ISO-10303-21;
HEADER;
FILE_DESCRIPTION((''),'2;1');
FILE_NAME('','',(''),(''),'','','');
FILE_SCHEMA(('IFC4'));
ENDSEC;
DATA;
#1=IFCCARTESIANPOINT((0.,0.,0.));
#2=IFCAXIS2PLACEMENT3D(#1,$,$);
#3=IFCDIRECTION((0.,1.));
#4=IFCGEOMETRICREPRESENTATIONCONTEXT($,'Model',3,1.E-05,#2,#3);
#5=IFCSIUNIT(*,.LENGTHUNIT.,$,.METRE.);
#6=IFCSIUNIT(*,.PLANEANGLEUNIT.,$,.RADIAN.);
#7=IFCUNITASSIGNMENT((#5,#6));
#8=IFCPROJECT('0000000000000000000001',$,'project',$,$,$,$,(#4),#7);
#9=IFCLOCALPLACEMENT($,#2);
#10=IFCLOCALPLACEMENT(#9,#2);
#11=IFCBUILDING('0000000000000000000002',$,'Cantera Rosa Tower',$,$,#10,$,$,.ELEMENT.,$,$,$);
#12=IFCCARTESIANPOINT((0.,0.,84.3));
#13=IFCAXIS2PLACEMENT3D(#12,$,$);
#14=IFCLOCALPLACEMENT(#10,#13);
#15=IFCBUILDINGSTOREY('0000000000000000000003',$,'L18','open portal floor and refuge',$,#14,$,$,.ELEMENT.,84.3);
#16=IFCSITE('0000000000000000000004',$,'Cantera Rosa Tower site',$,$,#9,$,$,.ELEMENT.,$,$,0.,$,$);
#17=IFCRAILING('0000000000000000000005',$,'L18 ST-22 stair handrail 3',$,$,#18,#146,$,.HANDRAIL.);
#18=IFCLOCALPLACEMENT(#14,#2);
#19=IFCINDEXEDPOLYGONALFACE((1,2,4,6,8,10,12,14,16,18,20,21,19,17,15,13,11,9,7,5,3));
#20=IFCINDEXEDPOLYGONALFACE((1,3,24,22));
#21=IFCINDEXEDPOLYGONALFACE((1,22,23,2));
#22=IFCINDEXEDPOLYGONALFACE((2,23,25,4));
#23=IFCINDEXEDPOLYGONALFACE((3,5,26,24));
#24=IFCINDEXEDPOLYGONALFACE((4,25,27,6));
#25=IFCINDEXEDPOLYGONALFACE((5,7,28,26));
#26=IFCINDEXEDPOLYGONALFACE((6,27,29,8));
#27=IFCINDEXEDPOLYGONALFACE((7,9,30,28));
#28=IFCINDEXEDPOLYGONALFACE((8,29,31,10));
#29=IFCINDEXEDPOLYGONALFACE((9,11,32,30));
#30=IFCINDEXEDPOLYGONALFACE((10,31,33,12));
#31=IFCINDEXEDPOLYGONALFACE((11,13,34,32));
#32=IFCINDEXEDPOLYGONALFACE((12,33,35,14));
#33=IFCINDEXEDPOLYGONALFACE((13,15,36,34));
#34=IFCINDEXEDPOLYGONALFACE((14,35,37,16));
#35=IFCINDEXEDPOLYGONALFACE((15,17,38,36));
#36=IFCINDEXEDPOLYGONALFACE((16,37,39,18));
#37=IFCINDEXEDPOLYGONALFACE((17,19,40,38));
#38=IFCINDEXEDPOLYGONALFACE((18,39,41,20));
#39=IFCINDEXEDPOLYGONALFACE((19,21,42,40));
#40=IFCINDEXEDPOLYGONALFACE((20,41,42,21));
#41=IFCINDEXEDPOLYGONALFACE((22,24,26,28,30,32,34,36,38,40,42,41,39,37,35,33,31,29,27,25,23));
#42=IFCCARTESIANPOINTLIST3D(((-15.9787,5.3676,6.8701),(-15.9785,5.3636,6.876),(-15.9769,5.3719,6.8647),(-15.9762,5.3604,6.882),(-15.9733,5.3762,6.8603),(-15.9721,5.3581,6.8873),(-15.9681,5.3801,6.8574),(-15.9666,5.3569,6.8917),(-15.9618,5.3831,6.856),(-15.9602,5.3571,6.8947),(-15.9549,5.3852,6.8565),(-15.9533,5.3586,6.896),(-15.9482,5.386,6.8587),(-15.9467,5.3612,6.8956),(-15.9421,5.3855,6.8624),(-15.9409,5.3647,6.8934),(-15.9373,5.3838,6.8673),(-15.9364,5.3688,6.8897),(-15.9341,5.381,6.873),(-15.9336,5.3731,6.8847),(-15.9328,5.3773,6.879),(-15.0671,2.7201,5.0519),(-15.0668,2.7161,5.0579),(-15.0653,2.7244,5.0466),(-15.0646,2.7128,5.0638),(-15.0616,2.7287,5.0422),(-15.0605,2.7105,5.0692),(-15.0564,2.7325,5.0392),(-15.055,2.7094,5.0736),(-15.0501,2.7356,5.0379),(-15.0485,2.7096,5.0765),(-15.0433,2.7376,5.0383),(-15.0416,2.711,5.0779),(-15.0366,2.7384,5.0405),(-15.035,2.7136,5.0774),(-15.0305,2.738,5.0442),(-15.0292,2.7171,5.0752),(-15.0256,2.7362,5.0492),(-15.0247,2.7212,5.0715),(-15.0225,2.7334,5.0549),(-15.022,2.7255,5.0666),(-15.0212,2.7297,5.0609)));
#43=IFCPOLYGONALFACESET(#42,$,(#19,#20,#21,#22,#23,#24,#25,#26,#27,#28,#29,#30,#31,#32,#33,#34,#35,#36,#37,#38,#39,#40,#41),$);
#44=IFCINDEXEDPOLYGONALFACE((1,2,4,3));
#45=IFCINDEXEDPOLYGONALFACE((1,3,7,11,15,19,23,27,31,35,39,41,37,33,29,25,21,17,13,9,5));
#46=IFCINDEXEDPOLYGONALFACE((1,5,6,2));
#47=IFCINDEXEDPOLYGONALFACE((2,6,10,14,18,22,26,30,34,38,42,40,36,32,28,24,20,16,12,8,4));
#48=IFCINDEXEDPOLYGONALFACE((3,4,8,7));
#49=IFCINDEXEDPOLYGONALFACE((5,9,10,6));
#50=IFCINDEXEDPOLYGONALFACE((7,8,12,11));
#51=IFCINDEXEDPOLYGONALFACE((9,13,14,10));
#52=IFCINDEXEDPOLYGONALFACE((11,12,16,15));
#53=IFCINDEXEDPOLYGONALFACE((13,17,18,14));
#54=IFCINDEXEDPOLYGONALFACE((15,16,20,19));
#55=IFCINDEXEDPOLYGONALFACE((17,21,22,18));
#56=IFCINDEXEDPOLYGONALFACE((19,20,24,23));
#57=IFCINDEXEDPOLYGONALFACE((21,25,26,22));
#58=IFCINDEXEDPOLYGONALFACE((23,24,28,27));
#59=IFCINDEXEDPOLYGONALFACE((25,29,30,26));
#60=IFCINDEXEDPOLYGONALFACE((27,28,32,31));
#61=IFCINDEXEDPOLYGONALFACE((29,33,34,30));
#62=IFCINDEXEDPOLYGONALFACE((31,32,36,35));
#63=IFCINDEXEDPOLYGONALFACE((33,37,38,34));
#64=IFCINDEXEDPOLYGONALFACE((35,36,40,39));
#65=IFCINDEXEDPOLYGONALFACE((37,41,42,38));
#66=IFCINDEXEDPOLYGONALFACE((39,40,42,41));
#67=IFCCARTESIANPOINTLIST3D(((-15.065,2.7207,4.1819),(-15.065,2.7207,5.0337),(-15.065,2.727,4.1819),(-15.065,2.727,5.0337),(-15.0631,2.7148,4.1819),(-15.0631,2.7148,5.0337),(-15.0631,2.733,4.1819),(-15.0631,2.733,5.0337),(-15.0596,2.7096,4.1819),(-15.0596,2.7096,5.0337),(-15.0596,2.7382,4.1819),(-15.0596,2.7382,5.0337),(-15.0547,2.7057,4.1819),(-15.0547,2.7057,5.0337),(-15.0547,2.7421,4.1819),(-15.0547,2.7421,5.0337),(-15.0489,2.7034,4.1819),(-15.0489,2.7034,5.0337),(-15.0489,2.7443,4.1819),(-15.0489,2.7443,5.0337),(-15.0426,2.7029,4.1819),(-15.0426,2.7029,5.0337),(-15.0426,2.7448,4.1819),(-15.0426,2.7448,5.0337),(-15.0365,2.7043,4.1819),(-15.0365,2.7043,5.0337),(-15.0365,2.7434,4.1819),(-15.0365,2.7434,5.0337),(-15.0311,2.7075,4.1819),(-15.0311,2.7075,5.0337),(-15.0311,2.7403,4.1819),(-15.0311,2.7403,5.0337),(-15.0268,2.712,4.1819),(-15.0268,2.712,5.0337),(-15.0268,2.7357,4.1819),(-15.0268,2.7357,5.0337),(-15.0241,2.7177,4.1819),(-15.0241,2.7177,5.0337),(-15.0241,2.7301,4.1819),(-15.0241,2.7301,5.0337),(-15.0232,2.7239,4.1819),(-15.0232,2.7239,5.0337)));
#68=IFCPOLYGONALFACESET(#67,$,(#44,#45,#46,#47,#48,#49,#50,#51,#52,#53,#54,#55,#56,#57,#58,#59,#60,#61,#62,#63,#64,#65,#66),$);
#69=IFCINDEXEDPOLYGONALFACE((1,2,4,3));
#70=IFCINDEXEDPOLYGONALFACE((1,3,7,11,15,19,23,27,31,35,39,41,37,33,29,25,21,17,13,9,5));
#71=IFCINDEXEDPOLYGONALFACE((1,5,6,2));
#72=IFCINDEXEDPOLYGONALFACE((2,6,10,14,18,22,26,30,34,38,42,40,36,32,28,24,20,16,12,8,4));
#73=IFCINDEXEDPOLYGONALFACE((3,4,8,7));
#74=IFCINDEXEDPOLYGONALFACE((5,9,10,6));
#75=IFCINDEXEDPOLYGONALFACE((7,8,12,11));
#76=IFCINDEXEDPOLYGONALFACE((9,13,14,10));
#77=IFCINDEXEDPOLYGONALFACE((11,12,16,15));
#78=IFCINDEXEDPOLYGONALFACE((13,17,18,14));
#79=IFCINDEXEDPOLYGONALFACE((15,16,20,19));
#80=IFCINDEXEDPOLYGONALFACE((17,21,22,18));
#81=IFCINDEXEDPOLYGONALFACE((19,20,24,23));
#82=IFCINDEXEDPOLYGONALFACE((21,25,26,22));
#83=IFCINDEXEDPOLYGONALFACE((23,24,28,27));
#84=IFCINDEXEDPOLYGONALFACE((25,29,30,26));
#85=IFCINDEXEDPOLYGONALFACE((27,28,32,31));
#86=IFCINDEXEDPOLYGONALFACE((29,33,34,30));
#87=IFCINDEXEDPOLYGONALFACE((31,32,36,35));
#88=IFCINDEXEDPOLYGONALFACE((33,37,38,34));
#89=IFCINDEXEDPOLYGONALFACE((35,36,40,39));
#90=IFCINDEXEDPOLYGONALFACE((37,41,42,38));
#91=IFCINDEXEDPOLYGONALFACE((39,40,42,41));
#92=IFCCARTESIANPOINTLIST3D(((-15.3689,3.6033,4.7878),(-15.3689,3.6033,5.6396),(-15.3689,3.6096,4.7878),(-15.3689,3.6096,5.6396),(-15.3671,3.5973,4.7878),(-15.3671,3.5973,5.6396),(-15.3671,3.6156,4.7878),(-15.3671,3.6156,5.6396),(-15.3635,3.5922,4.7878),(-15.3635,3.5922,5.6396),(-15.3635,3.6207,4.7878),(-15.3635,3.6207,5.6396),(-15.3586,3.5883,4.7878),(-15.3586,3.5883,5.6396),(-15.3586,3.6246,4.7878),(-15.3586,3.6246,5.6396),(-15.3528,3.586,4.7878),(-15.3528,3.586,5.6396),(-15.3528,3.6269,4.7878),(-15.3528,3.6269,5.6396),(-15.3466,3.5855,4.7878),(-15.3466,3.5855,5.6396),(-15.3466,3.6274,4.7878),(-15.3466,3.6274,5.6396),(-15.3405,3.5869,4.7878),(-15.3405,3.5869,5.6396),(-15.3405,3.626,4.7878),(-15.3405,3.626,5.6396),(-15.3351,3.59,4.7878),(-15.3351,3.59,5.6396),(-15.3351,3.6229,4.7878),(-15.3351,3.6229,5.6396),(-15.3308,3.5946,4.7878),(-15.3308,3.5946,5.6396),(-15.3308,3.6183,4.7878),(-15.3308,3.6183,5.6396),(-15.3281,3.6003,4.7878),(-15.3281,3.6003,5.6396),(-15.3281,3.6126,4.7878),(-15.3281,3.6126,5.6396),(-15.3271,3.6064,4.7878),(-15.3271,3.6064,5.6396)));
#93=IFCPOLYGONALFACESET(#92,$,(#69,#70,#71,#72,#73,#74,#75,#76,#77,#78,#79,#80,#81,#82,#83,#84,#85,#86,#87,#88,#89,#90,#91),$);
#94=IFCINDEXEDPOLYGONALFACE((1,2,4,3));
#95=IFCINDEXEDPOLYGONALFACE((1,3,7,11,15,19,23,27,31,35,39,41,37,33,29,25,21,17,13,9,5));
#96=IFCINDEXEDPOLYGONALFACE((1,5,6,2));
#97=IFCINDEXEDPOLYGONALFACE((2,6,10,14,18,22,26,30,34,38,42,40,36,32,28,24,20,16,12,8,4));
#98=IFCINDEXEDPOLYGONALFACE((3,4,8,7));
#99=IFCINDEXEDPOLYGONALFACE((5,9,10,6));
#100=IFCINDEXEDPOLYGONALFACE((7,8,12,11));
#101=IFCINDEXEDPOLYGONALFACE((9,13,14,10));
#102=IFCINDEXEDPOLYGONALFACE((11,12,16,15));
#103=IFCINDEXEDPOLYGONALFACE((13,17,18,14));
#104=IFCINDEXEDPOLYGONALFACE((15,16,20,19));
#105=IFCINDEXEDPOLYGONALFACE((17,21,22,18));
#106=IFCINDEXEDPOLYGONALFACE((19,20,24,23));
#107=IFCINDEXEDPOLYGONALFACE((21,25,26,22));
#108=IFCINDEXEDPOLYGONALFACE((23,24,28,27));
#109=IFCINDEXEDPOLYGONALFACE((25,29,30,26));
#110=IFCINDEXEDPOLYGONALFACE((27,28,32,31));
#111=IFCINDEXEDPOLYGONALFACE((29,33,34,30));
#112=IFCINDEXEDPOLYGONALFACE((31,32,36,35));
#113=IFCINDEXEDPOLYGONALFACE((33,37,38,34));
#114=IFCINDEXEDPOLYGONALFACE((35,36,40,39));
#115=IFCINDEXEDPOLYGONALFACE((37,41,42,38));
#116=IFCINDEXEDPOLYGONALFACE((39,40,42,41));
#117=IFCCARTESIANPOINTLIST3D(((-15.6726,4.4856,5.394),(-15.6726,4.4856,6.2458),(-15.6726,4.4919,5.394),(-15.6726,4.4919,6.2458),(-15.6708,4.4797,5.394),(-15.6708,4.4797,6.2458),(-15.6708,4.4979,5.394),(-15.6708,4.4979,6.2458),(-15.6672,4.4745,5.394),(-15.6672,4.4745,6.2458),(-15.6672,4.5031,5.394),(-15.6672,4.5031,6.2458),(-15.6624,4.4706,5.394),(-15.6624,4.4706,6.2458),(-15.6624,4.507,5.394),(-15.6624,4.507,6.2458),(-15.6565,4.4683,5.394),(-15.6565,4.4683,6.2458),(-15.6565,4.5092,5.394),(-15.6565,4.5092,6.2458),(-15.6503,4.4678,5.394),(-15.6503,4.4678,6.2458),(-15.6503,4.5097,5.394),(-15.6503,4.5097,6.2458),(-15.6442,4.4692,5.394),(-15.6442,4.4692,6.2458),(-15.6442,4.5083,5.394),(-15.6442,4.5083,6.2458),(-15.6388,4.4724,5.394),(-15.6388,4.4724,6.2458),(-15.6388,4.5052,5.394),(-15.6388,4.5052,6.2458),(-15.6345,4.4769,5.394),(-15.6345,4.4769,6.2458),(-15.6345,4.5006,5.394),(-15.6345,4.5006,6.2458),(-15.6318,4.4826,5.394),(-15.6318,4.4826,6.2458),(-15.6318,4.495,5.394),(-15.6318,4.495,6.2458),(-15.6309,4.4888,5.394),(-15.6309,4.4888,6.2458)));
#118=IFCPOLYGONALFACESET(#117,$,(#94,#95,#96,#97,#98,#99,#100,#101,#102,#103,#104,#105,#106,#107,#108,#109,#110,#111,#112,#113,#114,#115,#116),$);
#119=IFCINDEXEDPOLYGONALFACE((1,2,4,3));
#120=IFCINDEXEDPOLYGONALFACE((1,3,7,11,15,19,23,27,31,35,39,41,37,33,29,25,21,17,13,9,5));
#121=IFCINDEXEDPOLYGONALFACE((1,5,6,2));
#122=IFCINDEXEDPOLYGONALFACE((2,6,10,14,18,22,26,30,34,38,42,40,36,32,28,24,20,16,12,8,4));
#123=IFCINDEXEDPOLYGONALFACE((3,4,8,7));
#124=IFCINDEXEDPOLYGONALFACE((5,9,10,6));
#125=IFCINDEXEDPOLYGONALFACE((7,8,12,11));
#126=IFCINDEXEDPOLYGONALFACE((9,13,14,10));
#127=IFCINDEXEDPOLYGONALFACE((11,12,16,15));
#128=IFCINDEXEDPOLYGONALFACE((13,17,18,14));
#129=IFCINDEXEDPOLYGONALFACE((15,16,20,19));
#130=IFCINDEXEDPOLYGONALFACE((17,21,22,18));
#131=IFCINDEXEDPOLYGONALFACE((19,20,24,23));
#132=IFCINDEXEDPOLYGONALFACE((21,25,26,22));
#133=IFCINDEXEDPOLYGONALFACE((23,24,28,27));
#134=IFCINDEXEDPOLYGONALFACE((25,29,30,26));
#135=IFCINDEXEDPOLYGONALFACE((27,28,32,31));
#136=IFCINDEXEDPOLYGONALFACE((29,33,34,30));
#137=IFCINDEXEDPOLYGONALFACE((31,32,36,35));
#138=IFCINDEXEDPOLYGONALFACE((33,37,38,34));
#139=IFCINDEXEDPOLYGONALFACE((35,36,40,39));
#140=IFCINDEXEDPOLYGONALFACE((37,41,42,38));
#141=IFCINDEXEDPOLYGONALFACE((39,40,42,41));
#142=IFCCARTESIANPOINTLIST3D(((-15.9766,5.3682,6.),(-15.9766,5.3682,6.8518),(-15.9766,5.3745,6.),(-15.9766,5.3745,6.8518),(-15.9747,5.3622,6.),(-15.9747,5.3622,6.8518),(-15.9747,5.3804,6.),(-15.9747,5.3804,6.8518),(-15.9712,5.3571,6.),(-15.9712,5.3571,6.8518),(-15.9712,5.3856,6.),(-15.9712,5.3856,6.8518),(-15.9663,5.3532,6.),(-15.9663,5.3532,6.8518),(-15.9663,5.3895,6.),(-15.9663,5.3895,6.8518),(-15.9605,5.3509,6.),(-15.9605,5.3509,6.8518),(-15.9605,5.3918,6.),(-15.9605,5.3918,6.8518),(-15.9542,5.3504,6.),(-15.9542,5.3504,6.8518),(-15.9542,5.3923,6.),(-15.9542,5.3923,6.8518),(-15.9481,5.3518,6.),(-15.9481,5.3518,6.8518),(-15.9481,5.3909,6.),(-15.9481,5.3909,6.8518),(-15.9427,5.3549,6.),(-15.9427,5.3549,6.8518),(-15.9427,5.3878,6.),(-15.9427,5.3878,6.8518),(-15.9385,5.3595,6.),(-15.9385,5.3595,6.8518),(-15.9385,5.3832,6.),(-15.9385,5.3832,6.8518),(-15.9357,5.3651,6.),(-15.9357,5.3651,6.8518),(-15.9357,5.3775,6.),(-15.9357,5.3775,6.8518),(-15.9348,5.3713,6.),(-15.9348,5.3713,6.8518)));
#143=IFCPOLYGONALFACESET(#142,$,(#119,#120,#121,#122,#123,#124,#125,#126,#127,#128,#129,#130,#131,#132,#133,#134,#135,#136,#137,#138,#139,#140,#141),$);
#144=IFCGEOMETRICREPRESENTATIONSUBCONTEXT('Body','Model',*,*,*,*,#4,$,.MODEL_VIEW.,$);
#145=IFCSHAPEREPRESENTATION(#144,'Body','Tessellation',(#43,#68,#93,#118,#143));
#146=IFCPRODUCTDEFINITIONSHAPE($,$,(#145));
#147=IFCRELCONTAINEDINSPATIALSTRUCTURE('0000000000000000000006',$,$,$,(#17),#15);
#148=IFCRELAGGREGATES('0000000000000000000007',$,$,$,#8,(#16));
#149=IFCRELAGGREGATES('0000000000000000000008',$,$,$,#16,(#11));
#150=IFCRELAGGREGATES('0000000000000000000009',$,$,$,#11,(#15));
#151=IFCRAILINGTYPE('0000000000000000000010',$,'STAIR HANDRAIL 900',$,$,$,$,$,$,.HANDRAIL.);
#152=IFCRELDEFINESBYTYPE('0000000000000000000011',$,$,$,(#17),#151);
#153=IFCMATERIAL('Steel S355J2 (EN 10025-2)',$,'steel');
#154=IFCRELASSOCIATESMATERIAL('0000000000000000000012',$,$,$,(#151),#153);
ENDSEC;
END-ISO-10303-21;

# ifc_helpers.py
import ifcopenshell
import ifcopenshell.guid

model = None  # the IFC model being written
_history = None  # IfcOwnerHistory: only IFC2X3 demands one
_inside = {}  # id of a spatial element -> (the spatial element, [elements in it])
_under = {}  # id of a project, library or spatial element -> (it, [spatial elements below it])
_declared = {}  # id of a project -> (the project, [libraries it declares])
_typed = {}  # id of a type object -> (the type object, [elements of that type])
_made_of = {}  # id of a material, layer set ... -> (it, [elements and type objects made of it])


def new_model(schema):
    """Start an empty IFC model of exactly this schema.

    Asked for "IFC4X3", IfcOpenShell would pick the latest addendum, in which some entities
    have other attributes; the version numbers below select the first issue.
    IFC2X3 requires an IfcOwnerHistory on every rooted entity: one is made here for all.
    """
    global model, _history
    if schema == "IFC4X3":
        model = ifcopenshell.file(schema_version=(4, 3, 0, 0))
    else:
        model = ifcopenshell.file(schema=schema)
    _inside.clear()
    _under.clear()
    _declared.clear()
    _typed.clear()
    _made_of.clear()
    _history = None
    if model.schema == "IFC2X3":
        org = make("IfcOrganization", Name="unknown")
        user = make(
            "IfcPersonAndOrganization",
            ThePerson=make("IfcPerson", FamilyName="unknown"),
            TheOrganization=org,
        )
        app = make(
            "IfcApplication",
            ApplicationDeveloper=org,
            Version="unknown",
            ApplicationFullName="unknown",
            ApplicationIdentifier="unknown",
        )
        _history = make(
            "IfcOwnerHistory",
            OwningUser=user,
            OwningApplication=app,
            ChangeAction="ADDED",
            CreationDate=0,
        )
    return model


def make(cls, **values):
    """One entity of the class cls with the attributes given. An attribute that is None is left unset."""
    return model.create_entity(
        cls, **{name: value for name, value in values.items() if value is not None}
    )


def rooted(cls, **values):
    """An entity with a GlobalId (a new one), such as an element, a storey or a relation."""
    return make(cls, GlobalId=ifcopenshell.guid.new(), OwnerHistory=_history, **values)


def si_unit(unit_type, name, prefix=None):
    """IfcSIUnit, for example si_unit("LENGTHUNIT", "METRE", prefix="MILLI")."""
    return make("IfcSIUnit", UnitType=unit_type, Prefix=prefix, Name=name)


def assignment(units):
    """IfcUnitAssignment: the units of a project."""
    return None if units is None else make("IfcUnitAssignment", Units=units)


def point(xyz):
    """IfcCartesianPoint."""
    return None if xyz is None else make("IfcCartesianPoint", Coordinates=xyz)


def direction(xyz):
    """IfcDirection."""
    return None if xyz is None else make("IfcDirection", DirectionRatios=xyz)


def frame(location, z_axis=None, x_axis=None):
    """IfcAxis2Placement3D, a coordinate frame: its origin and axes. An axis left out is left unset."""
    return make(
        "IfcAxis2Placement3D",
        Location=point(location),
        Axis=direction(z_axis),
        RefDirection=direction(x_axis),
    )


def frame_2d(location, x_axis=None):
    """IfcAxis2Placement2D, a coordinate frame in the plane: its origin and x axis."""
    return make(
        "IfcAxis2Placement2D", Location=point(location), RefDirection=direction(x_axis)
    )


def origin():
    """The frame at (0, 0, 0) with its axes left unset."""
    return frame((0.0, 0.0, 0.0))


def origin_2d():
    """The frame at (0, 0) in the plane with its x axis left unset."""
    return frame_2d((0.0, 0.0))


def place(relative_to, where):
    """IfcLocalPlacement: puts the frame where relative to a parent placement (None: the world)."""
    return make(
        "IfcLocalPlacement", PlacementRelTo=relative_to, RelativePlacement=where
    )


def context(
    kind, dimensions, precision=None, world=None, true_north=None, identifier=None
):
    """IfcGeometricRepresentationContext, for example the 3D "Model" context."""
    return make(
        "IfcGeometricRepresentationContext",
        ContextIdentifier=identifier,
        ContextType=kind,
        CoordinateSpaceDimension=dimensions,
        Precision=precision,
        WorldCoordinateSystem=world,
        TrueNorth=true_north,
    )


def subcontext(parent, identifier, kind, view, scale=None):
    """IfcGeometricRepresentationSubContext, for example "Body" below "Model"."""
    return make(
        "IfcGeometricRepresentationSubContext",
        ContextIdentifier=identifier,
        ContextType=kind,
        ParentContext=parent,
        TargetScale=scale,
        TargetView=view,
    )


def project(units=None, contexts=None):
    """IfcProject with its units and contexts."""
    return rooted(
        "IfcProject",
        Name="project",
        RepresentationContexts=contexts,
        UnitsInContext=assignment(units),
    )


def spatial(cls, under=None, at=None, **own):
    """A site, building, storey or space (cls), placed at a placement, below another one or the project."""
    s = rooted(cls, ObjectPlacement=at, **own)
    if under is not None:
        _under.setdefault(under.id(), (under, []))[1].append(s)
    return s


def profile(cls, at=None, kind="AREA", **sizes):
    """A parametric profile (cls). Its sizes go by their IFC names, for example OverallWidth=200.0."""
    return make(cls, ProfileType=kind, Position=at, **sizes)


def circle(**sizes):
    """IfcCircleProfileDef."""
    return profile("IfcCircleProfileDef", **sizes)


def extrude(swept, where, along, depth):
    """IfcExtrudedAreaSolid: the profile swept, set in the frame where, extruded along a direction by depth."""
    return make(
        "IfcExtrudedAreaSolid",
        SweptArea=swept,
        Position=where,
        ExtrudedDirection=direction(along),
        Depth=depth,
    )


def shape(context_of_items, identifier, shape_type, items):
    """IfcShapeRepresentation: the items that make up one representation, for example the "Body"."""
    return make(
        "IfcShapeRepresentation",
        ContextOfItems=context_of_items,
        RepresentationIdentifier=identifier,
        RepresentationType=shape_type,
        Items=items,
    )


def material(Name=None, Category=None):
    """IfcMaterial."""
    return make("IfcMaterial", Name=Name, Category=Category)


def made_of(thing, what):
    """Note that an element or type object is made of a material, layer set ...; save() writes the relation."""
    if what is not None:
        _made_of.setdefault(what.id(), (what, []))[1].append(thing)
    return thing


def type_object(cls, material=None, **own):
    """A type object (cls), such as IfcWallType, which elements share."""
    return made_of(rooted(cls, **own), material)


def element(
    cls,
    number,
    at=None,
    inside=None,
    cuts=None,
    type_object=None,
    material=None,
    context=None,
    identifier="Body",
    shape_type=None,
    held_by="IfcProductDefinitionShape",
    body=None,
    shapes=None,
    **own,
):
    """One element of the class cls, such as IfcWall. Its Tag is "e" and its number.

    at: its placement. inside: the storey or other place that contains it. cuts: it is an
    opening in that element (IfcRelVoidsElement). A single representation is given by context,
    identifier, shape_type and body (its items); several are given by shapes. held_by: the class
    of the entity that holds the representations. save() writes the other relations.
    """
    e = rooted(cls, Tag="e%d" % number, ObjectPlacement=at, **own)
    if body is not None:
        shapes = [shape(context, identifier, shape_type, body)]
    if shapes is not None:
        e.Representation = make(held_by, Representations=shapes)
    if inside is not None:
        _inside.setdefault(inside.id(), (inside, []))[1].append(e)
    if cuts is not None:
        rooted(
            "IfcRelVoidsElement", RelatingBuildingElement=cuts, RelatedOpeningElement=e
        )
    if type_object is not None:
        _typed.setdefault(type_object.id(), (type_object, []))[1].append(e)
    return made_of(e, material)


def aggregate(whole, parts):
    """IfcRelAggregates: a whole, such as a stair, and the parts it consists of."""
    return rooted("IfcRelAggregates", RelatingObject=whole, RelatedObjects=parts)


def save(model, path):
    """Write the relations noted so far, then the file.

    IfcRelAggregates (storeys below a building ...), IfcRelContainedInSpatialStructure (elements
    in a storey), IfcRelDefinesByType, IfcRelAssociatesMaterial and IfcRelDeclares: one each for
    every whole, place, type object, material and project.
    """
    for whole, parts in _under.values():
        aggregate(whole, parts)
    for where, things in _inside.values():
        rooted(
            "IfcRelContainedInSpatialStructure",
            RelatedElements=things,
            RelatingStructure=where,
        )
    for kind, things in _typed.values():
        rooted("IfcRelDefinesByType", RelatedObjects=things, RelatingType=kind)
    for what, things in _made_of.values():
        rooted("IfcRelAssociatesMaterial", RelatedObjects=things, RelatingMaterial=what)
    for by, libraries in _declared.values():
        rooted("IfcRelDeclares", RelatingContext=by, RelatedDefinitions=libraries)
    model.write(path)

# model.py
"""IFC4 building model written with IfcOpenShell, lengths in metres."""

from ifc_helpers import new_model, si_unit, direction, frame, origin, origin_2d, place, context, subcontext, project, spatial, circle, extrude, material, type_object, element, save


model = new_model("IFC4")

# Units and contexts
model_context = context("Model", 3, precision=1e-05, world=origin(), true_north=direction((0.0, 1.0)))
body_context = subcontext(model_context, "Body", "Model", "MODEL_VIEW")
ifc_project = project(units=[si_unit("LENGTHUNIT", "METRE"), si_unit("PLANEANGLEUNIT", "RADIAN")], contexts=[model_context])

# Site, building, storey
site_placement = place(None, origin())
site = spatial("IfcSite", under=ifc_project, at=site_placement, Name="Cantera Rosa Tower site", CompositionType="ELEMENT", RefElevation=0.0)
building_placement = place(site_placement, origin())
building = spatial("IfcBuilding", under=site, at=building_placement, Name="Cantera Rosa Tower", CompositionType="ELEMENT")
storey_placement = place(building_placement, frame((0.0, 0.0, 84.3)))
storey = spatial("IfcBuildingStorey", under=building, at=storey_placement, Name="L18", Description="open portal floor and refuge", CompositionType="ELEMENT", Elevation=84.3)

# Railing
ifc_material_1 = material(Name="Steel S355J2 (EN 10025-2)", Category="steel")
railing_type_1 = type_object("IfcRailingType", Name="STAIR HANDRAIL 900", PredefinedType="HANDRAIL", material=ifc_material_1)
for number, where, name in (
    (1, (-15.0442, 2.7239, 4.1819), "L18 ST-22 stair handrail 3"),
):
    element("IfcRailing", number, at=place(storey_placement, frame(where)), inside=storey, type_object=railing_type_1, Name=name, PredefinedType="HANDRAIL", context=body_context, shape_type="SweptSolid", body=[
        extrude(circle(Radius=0.0239, at=origin_2d()), frame((0.0, 0.0, 0.876), z_axis=(-0.273062, 0.793007, 0.544589), x_axis=(-0.945516, -0.325577, 0.0)), (0.0, 0.0, 1.0), 3.3386),
        extrude(circle(Radius=0.021, at=origin_2d()), origin(), (0.0, 0.0, 1.0), 0.8518),
        extrude(circle(Radius=0.021, at=origin_2d()), frame((-0.304, 0.8826, 0.606)), (0.0, 0.0, 1.0), 0.8518),
        extrude(circle(Radius=0.021, at=origin_2d()), frame((-0.6077, 1.7649, 1.2122)), (0.0, 0.0, 1.0), 0.8518),
        extrude(circle(Radius=0.021, at=origin_2d()), frame((-0.9116, 2.6475, 1.8181)), (0.0, 0.0, 1.0), 0.8518),
    ])

save(model, "model.ifc")
